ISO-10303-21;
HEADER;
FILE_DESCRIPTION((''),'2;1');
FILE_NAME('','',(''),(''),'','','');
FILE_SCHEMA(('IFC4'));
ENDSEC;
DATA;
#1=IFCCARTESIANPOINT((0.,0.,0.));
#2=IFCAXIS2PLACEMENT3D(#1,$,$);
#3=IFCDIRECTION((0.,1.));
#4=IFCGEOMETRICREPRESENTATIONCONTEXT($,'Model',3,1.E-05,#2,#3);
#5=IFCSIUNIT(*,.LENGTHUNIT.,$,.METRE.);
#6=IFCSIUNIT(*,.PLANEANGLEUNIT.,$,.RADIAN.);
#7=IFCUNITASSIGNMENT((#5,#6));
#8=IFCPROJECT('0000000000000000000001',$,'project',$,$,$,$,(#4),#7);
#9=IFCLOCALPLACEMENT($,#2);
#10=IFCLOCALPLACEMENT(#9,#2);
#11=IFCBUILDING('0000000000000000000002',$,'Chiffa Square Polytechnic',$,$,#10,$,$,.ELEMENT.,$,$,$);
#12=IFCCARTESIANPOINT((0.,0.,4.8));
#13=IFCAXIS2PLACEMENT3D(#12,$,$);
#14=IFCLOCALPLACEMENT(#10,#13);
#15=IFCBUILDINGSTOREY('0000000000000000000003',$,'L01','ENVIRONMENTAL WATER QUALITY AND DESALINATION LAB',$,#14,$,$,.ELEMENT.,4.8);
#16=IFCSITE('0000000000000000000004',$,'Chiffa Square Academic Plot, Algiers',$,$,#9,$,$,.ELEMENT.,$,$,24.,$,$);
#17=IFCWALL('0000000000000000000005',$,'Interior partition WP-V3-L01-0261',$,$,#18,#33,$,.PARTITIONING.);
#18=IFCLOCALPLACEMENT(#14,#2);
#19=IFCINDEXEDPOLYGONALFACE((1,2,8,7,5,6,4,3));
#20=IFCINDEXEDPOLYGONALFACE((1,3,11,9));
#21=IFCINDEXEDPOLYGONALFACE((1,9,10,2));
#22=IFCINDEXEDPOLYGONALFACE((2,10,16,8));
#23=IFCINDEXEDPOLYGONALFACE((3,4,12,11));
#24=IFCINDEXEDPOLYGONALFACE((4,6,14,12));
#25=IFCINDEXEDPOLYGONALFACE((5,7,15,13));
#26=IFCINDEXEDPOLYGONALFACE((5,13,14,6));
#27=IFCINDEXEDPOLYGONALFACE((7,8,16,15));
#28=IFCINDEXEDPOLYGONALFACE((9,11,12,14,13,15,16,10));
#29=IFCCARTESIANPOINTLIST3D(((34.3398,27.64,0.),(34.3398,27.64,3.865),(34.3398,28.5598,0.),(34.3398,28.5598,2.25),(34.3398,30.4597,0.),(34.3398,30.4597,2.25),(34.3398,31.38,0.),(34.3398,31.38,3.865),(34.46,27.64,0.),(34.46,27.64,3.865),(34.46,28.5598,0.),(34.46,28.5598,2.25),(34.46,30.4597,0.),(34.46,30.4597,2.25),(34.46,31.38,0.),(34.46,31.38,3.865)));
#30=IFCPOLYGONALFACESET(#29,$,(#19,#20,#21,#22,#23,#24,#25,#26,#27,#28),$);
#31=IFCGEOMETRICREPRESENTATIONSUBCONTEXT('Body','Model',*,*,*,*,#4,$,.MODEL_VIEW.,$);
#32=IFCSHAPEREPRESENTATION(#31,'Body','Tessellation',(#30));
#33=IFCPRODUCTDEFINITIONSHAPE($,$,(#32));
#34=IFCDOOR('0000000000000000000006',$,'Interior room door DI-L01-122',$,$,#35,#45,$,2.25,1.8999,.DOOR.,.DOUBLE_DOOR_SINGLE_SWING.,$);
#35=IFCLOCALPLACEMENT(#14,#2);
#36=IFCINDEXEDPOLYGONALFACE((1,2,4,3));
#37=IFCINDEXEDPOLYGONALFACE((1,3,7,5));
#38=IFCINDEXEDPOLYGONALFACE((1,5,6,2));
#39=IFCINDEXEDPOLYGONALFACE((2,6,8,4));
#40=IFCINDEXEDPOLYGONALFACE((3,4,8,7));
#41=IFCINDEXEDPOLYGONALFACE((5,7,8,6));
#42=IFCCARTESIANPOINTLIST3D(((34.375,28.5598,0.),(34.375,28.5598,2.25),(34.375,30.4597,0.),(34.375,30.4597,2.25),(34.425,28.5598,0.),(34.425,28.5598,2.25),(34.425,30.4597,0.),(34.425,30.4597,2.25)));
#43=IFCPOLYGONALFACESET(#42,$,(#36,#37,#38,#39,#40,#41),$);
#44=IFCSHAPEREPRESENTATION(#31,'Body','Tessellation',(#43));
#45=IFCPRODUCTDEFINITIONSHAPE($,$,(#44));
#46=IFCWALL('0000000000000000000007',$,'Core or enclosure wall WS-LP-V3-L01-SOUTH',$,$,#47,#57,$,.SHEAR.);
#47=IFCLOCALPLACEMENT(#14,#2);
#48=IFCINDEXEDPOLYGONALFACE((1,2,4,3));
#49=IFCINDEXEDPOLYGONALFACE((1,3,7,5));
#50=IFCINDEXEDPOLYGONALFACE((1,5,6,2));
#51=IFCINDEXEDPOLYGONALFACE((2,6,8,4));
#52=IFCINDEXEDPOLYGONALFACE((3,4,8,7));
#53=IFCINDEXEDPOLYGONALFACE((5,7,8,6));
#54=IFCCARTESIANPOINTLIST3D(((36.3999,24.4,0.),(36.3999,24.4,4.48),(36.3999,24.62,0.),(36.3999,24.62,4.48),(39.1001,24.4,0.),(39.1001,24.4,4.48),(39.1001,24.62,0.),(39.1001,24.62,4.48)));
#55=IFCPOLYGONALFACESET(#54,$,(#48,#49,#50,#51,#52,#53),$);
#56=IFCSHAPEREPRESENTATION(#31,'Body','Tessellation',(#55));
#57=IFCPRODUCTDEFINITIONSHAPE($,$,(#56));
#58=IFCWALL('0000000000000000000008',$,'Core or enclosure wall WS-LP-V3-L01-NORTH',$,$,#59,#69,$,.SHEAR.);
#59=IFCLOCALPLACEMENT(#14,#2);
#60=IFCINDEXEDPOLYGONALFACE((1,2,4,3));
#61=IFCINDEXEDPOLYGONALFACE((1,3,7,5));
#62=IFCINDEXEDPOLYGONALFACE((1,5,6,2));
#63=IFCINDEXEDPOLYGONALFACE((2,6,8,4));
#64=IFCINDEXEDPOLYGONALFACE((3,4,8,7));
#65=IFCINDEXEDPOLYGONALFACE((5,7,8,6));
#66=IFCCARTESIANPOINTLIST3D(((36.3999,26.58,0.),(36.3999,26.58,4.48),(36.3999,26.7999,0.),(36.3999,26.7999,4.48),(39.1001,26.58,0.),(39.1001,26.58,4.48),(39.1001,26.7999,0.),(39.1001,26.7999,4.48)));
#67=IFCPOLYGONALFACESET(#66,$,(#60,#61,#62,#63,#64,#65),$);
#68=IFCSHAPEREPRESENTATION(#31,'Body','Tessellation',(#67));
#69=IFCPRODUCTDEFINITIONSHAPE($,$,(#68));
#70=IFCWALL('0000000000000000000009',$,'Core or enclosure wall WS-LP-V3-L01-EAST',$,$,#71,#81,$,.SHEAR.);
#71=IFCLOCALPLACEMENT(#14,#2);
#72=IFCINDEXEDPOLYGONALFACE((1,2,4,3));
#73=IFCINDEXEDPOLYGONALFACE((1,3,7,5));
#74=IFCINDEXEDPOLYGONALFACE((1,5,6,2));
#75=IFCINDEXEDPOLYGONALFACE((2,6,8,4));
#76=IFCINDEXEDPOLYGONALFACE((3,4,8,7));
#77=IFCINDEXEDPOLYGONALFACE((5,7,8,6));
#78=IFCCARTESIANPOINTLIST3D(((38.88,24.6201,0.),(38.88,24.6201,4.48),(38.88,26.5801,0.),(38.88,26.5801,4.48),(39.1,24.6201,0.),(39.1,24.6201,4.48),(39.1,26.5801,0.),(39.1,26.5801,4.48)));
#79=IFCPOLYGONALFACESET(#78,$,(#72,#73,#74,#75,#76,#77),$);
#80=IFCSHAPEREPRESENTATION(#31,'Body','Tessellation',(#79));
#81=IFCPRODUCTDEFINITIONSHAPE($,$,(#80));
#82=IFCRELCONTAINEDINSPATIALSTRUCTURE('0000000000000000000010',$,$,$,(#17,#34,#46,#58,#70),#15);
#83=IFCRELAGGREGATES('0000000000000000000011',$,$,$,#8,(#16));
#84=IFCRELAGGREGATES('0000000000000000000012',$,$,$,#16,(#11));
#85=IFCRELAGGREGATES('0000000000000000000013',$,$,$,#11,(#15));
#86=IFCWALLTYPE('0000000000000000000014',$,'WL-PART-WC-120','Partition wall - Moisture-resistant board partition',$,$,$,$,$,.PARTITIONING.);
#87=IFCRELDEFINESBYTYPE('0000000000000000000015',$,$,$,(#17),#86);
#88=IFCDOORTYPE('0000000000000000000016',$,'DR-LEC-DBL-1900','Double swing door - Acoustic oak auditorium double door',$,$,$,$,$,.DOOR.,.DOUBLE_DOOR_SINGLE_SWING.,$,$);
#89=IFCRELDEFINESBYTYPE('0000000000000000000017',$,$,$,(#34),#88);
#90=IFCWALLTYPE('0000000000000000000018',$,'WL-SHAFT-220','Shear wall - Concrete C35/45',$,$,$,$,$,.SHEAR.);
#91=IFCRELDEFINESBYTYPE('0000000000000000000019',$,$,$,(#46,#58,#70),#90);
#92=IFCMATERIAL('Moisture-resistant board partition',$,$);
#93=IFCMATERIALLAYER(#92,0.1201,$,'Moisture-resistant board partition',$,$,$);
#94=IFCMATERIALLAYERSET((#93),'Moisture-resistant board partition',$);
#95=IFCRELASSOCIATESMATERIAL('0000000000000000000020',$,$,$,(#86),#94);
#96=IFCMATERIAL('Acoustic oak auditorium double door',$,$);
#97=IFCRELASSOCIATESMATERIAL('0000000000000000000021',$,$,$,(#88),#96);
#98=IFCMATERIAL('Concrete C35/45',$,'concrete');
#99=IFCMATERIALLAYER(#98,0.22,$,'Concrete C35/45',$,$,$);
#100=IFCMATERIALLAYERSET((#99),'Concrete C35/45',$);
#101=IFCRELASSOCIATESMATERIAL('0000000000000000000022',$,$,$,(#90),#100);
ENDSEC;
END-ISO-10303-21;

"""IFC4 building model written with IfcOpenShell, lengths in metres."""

from ifc_helpers import new_model, si_unit, direction, frame, frame_2d, origin, place, context, subcontext, project, spatial, rectangle, extrude, material, layer, layer_set, type_object, element, fill, save


model = new_model("IFC4")

# Units and contexts
model_context = context("Model", 3, precision=1e-05, world=origin(), true_north=direction((0.0, 1.0)))
body_context = subcontext(model_context, "Body", "Model", "MODEL_VIEW")
ifc_project = project(units=[si_unit("LENGTHUNIT", "METRE"), si_unit("PLANEANGLEUNIT", "RADIAN")], contexts=[model_context])

# Site, building, storey
site_placement = place(None, origin())
site = spatial("IfcSite", under=ifc_project, at=site_placement, Name="Chiffa Square Academic Plot, Algiers", CompositionType="ELEMENT", RefElevation=24.0)
building_placement = place(site_placement, origin())
building = spatial("IfcBuilding", under=site, at=building_placement, Name="Chiffa Square Polytechnic", CompositionType="ELEMENT")
storey_placement = place(building_placement, frame((0.0, 0.0, 4.8)))
storey = spatial("IfcBuildingStorey", under=building, at=storey_placement, Name="L01", Description="ENVIRONMENTAL WATER QUALITY AND DESALINATION LAB", CompositionType="ELEMENT", Elevation=4.8)

# Shared definitions
ifc_material_1 = material(Name="Concrete C35/45", Category="concrete")

# Shared definitions
ifc_material_2 = material(Name="Moisture-resistant board partition")
ifc_layer_1 = layer(ifc_material_2, 0.1201, Name="Moisture-resistant board partition")
ifc_layer_set_1 = layer_set([ifc_layer_1], Name="Moisture-resistant board partition")
wall_type_1 = type_object("IfcWallType", Name="WL-PART-WC-120", Description="Partition wall - Moisture-resistant board partition", PredefinedType="PARTITIONING", material=ifc_layer_set_1)

# Wall, opening, door
wall_1_placement = place(storey_placement, frame((34.3999, 27.6399, 0.0), z_axis=(0.0, 0.0, 1.0), x_axis=(0.0, 1.0, 0.0)))
wall_1 = element("IfcWall", 1, at=wall_1_placement, inside=storey, type_object=wall_type_1, Name="Interior partition WP-V3-L01-0261", PredefinedType="PARTITIONING", context=body_context, shape_type="SweptSolid", body=[
    extrude(rectangle(XDim=3.74, YDim=0.1201, at=frame_2d((1.8701, 0.0))), origin(), (0.0, 0.0, 1.0), 3.865),
])
opening_1_placement = place(wall_1_placement, frame((0.9199, 0.0, 0.0)))
opening_1 = element("IfcOpeningElement", 2, at=opening_1_placement, cuts=wall_1, PredefinedType="OPENING", context=body_context, shape_type="SweptSolid", body=[
    extrude(rectangle(XDim=1.8999, YDim=2.25, at=frame_2d((0.95, 1.125))), frame((0.0, 0.0701, 0.0), z_axis=(0.0, -1.0, 0.0), x_axis=(1.0, 0.0, 0.0)), (0.0, 0.0, 1.0), 0.1401),
])
ifc_material_3 = material(Name="Acoustic oak auditorium double door")
door_type_1 = type_object("IfcDoorType", Name="DR-LEC-DBL-1900", Description="Double swing door - Acoustic oak auditorium double door", OperationType="DOUBLE_DOOR_SINGLE_SWING", PredefinedType="DOOR", material=ifc_material_3)
door_1_placement = place(opening_1_placement, origin())
door_1 = element("IfcDoor", 3, at=door_1_placement, inside=storey, type_object=door_type_1, Name="Interior room door DI-L01-122", OperationType="DOUBLE_DOOR_SINGLE_SWING", OverallHeight=2.25, OverallWidth=1.8999, PredefinedType="DOOR", context=body_context, shape_type="SweptSolid", body=[
    extrude(rectangle(XDim=1.8999, YDim=2.25, at=frame_2d((0.95, 1.125))), frame((0.0, 0.0249, 0.0), z_axis=(0.0, -1.0, 0.0), x_axis=(1.0, 0.0, 0.0)), (0.0, 0.0, 1.0), 0.05),
])
fill(opening_1, door_1)

# Walls
ifc_layer_2 = layer(ifc_material_1, 0.22, Name="Concrete C35/45")
ifc_layer_set_2 = layer_set([ifc_layer_2], Name="Concrete C35/45")
wall_type_2 = type_object("IfcWallType", Name="WL-SHAFT-220", Description="Shear wall - Concrete C35/45", PredefinedType="SHEAR", material=ifc_layer_set_2)
for number, where, z_axis, x_axis, name in (
    (4, (36.3999, 24.51, 0.0), (0.0, 0.0, 1.0), (1.0, 0.0, 0.0), "Core or enclosure wall WS-LP-V3-L01-SOUTH"),
    (5, (36.3999, 26.6899, 0.0), (0.0, 0.0, 1.0), (1.0, 0.0, 0.0), "Core or enclosure wall WS-LP-V3-L01-NORTH"),
):
    element("IfcWall", number, at=place(storey_placement, frame(where, z_axis=z_axis, x_axis=x_axis)), inside=storey, type_object=wall_type_2, Name=name, PredefinedType="SHEAR", context=body_context, shape_type="SweptSolid", body=[
        extrude(rectangle(XDim=2.7002, YDim=0.22, at=frame_2d((1.3501, 0.0))), origin(), (0.0, 0.0, 1.0), 4.48),
    ])

# Wall
wall_2_placement = place(storey_placement, frame((38.99, 24.6201, 0.0), z_axis=(0.0, 0.0, 1.0), x_axis=(0.0, 1.0, 0.0)))
element("IfcWall", 6, at=wall_2_placement, inside=storey, type_object=wall_type_2, Name="Core or enclosure wall WS-LP-V3-L01-EAST", PredefinedType="SHEAR", context=body_context, shape_type="SweptSolid", body=[
    extrude(rectangle(XDim=1.96, YDim=0.22, at=frame_2d((0.98, 0.0))), origin(), (0.0, 0.0, 1.0), 4.48),
])

save(model, "model.ifc")
